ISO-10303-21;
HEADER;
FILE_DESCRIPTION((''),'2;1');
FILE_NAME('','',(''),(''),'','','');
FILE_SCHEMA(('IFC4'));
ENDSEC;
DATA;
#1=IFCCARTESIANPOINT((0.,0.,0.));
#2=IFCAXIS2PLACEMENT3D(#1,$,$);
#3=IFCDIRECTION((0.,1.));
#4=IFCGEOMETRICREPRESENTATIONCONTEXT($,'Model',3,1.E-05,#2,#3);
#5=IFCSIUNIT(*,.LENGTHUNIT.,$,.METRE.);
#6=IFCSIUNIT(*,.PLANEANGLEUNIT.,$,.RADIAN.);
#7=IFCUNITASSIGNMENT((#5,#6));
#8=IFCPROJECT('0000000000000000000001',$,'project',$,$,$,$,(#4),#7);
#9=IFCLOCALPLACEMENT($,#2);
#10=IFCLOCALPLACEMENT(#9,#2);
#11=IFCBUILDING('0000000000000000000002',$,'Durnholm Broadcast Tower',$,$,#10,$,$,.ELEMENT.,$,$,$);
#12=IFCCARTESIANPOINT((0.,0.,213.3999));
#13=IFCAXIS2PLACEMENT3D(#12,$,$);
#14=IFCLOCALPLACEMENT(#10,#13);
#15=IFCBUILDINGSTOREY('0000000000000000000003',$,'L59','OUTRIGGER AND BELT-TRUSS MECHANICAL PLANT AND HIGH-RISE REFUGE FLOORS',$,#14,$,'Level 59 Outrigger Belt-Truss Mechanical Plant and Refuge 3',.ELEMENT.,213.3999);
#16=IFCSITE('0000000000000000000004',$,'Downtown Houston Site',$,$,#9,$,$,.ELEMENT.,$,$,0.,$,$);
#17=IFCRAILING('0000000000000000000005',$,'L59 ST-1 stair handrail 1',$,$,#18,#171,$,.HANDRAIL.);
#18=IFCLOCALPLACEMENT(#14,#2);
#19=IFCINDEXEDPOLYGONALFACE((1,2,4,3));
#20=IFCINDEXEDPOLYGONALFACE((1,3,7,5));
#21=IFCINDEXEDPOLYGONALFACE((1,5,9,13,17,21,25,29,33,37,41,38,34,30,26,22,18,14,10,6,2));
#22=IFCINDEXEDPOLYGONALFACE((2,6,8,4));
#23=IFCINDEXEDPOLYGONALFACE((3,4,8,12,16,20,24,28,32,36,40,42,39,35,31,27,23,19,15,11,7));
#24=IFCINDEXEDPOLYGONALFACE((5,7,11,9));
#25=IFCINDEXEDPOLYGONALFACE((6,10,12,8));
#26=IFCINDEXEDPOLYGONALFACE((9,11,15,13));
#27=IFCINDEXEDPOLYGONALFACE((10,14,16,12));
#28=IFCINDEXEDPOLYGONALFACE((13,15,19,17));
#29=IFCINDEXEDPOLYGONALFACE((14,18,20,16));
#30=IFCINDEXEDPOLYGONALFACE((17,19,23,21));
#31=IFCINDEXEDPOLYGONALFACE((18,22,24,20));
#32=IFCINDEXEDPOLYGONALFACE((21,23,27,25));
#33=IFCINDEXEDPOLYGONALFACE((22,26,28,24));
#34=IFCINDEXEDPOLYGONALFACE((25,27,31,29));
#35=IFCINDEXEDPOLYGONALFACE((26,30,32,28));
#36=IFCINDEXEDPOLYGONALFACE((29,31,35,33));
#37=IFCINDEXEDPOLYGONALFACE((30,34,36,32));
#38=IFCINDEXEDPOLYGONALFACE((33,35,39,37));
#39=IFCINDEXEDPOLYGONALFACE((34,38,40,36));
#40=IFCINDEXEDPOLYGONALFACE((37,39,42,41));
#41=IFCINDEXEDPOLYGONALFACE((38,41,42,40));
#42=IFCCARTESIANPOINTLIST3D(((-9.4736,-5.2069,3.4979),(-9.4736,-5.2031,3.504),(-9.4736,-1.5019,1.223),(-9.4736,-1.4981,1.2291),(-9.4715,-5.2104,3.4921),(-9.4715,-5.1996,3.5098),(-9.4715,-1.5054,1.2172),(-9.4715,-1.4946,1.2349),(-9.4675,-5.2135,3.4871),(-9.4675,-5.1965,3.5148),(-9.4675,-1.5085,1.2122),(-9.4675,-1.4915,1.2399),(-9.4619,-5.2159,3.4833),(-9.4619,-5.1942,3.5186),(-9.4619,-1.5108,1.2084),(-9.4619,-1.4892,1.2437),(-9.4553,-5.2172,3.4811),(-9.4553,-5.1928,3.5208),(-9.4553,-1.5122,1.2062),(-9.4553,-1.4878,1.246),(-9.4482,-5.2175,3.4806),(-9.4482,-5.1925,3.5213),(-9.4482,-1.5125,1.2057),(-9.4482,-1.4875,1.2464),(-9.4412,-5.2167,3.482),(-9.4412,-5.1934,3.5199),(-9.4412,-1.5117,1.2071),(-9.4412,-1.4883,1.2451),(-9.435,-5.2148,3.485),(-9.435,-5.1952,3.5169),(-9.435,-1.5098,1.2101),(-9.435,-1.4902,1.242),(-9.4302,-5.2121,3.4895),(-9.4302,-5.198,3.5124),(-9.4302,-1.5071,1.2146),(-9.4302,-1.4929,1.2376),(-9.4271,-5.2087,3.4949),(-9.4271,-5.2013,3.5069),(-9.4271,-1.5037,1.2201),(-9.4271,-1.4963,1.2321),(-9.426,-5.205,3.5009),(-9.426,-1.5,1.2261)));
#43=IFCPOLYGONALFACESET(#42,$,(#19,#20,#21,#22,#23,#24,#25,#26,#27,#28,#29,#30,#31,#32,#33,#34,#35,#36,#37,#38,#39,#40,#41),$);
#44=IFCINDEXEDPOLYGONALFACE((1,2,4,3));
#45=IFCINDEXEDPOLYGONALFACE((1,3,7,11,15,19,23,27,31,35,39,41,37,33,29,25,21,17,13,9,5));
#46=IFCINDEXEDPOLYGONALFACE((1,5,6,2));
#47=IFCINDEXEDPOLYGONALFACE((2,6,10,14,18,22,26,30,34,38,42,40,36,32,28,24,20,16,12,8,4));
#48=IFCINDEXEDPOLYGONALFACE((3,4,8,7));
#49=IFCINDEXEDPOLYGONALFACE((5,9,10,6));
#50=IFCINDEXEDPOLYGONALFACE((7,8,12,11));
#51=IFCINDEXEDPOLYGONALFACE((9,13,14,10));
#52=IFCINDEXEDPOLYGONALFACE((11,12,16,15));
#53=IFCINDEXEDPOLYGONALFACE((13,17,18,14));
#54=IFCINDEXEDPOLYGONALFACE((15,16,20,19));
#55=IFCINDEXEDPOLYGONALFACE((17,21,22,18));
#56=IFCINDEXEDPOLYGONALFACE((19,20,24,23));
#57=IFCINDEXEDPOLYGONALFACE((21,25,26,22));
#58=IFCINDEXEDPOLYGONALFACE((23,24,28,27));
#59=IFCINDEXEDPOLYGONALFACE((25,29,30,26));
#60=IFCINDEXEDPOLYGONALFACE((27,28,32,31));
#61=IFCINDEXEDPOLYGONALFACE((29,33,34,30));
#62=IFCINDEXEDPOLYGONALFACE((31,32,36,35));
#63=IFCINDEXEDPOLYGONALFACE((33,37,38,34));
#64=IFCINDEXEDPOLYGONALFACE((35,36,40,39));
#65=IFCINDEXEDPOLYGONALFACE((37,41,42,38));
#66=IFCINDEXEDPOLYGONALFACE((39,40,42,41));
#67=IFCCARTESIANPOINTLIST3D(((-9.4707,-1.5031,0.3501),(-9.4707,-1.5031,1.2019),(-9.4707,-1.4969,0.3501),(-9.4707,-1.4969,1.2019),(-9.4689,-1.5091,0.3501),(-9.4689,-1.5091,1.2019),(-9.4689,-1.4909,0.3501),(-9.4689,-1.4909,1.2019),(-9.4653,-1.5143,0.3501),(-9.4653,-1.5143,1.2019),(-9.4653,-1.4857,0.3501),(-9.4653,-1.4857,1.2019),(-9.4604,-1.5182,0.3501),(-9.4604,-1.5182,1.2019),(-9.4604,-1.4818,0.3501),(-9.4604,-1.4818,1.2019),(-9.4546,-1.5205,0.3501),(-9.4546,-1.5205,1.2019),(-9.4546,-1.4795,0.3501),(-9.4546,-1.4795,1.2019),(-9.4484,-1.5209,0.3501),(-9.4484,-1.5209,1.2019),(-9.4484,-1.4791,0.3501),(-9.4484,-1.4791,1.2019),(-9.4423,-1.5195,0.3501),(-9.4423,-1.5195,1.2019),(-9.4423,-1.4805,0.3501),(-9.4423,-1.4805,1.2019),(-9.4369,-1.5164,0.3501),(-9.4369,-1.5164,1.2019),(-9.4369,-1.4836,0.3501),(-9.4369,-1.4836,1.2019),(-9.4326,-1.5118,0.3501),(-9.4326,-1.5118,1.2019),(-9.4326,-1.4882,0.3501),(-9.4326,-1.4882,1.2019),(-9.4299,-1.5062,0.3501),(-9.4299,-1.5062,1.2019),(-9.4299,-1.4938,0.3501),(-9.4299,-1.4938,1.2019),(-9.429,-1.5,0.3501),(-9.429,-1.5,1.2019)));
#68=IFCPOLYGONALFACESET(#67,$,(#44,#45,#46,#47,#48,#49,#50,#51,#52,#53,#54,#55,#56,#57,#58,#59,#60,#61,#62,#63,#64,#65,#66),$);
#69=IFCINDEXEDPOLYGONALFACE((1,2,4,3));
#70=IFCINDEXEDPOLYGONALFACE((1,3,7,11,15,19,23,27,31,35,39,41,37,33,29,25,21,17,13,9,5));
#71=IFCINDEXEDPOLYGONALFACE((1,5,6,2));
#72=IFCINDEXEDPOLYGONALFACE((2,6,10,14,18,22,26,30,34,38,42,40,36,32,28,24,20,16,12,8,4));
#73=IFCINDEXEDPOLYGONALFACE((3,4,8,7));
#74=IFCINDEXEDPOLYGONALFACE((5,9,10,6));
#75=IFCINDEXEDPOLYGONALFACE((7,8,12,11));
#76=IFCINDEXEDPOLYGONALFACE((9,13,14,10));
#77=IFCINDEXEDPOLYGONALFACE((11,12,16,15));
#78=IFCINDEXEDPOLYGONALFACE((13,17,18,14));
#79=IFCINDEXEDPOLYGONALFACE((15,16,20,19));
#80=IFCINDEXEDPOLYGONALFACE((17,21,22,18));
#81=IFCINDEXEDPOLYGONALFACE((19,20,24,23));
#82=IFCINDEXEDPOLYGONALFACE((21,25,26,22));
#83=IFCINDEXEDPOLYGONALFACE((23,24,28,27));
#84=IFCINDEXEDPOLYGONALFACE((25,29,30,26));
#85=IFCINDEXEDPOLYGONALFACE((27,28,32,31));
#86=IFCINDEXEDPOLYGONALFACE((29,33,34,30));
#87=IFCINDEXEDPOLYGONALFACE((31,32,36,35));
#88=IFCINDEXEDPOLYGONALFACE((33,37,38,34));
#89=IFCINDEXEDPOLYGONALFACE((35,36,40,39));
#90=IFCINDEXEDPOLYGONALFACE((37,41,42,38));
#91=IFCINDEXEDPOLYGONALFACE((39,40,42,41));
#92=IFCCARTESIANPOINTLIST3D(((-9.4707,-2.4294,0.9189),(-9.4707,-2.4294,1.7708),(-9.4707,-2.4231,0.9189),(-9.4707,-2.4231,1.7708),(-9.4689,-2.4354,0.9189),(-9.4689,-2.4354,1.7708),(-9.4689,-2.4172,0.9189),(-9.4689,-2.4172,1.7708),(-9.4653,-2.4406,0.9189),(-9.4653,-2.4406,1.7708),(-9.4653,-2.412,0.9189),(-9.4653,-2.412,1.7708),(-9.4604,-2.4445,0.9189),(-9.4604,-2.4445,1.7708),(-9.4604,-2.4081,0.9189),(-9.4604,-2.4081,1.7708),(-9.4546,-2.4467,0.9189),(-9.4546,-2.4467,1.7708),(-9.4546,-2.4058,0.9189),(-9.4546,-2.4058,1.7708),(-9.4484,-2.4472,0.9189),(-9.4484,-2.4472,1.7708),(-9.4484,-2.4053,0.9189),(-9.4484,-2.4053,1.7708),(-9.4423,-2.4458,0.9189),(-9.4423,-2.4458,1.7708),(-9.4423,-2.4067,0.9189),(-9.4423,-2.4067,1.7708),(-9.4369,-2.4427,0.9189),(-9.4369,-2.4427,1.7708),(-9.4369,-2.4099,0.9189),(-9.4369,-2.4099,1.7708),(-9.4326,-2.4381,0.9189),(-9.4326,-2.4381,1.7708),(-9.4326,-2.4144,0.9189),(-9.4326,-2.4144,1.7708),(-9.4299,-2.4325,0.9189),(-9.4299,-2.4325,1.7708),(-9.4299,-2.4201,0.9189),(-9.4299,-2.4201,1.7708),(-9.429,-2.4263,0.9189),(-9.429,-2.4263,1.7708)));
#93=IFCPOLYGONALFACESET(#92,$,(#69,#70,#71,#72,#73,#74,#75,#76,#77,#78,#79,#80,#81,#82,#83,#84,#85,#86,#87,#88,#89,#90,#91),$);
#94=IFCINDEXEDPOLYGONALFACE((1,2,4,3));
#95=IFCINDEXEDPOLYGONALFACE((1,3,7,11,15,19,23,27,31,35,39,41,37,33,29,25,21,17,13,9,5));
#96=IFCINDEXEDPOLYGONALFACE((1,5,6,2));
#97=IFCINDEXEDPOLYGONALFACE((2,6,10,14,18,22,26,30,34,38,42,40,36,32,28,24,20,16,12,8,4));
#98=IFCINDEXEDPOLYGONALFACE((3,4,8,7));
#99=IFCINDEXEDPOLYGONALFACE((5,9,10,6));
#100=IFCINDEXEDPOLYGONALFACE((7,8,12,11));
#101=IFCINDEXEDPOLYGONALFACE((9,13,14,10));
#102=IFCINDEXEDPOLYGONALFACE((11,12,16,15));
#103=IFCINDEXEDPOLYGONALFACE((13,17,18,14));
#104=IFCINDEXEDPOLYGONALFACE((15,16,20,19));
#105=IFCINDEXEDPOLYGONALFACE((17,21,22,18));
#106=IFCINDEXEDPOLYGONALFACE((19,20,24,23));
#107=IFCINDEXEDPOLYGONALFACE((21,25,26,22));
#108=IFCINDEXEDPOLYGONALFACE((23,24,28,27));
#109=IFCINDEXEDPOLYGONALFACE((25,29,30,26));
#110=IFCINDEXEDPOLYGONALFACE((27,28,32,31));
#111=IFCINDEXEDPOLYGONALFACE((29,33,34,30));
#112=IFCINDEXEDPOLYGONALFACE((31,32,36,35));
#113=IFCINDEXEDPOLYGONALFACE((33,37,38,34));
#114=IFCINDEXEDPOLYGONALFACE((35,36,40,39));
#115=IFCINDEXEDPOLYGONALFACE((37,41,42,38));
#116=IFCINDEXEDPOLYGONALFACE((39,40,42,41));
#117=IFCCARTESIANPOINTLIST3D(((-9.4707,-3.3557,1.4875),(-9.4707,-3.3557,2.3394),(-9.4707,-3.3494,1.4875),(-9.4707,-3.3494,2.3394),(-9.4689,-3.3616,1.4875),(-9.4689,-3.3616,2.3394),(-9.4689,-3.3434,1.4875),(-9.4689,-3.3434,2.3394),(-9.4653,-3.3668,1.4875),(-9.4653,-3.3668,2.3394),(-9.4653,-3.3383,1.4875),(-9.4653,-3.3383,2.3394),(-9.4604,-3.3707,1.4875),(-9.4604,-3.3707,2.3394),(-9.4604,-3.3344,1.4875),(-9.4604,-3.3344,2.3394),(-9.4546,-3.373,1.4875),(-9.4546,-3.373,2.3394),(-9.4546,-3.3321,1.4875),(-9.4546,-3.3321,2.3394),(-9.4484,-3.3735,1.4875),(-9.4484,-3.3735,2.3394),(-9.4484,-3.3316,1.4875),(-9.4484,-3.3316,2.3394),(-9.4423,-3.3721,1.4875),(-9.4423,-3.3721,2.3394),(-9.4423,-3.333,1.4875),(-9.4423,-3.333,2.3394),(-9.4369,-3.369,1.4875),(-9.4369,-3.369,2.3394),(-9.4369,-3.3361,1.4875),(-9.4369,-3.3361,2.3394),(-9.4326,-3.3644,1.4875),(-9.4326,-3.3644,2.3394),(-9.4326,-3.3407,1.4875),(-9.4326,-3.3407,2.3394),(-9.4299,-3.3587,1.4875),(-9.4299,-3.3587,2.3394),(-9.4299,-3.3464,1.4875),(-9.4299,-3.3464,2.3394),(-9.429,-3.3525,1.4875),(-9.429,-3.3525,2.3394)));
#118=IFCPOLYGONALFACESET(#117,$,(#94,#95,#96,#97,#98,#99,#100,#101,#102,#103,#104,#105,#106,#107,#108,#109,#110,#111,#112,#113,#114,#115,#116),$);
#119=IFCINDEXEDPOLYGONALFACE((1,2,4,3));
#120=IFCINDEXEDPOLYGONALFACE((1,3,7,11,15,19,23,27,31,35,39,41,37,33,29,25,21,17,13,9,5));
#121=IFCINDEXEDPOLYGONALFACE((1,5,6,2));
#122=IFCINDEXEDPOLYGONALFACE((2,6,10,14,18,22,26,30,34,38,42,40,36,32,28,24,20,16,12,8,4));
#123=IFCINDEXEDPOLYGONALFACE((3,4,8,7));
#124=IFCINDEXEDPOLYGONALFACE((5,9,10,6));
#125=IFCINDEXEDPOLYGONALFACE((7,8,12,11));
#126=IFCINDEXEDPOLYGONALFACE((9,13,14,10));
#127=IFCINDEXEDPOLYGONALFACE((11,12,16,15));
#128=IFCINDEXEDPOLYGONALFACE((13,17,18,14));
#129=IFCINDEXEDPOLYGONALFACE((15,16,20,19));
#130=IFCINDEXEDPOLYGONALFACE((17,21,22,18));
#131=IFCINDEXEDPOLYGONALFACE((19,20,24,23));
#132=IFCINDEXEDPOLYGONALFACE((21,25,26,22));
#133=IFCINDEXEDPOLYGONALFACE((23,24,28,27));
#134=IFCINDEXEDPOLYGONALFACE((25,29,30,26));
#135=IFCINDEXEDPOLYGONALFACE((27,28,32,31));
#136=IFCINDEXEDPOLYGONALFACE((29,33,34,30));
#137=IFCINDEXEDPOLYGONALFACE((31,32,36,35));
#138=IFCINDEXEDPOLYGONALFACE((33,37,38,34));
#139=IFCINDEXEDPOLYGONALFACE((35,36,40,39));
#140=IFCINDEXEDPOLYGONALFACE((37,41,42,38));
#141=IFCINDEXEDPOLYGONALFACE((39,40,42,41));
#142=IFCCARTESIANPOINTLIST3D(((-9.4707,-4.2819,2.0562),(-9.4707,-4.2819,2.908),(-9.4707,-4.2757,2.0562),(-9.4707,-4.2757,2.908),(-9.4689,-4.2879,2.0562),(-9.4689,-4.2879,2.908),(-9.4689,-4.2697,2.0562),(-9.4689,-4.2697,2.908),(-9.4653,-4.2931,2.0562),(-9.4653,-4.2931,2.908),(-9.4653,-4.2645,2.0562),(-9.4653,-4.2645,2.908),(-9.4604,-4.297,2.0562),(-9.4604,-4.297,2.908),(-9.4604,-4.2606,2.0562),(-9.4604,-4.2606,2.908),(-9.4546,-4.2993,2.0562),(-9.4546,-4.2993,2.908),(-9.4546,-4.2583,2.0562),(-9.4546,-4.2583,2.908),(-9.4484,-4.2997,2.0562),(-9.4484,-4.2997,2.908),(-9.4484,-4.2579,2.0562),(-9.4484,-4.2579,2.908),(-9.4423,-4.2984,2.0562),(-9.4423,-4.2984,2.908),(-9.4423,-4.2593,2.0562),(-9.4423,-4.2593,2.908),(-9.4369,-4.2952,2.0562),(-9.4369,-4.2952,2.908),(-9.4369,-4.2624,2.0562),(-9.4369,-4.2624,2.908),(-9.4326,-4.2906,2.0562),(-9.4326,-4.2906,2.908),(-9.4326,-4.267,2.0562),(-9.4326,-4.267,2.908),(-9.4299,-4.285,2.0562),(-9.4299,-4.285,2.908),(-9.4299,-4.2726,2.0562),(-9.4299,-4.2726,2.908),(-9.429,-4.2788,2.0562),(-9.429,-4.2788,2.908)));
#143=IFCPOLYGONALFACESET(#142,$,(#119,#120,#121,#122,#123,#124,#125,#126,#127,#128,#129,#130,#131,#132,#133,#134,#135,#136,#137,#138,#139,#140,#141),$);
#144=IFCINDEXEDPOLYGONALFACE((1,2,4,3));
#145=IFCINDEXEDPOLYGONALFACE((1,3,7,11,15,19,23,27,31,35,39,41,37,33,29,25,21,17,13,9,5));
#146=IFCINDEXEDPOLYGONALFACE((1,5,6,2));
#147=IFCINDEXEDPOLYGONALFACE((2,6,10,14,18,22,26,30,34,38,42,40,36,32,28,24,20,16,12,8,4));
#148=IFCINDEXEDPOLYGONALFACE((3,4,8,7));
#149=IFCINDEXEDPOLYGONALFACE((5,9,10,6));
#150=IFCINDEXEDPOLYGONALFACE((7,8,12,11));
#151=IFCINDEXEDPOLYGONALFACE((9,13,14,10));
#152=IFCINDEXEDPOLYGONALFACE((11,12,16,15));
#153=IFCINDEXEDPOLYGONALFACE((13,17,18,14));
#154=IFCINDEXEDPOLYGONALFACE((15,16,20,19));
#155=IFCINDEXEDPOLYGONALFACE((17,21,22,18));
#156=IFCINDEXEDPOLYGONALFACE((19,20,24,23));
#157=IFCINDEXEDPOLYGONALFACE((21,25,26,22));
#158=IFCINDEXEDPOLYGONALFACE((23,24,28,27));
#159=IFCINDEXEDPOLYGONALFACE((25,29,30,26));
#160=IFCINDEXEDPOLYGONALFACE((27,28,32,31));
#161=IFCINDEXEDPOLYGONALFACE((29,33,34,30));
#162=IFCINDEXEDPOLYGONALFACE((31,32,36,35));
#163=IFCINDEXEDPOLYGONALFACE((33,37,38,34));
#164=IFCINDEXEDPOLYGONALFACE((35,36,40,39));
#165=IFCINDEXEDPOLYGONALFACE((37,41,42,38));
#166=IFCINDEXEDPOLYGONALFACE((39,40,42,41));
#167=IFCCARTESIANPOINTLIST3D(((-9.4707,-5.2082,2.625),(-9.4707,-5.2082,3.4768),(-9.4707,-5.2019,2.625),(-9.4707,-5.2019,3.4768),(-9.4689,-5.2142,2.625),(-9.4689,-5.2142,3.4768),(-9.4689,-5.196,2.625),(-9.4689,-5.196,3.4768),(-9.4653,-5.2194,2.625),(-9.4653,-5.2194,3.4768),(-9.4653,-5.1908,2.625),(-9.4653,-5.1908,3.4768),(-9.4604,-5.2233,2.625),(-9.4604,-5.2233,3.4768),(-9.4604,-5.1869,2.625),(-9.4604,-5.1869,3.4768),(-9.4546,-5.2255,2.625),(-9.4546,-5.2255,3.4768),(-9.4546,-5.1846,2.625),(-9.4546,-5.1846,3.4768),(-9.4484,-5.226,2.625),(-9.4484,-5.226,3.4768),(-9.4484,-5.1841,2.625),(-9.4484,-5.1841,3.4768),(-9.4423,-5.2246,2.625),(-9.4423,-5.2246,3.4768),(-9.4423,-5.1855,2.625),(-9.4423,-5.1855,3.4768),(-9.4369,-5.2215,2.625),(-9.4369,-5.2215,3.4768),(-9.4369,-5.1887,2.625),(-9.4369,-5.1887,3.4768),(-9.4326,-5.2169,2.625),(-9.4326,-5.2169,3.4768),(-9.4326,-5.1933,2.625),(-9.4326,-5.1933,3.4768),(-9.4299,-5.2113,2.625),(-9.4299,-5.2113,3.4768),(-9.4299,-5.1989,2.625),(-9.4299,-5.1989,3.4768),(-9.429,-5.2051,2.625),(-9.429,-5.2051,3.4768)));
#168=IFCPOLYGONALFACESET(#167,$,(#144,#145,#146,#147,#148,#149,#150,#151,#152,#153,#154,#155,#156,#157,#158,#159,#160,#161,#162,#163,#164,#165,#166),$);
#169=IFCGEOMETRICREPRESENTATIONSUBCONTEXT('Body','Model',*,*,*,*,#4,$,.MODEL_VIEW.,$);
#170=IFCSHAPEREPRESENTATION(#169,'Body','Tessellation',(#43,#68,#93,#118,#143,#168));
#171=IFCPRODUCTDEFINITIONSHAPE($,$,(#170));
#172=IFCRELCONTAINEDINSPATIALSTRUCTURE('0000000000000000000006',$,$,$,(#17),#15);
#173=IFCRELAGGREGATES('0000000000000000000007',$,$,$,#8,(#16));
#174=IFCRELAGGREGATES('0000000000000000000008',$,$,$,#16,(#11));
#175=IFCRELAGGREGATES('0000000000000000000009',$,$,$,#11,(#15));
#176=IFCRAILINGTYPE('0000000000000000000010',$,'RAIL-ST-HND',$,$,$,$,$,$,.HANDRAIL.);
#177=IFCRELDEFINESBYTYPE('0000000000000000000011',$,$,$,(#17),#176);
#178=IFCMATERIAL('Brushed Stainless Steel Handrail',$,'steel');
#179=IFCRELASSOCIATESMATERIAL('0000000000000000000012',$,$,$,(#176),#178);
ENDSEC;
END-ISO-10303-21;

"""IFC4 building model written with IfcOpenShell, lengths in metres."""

from ifc_helpers import new_model, si_unit, direction, frame, origin, origin_2d, place, context, subcontext, project, spatial, circle, extrude, material, type_object, element, save


model = new_model("IFC4")

# Units and contexts
model_context = context("Model", 3, precision=1e-05, world=origin(), true_north=direction((0.0, 1.0)))
body_context = subcontext(model_context, "Body", "Model", "MODEL_VIEW")
ifc_project = project(units=[si_unit("LENGTHUNIT", "METRE"), si_unit("PLANEANGLEUNIT", "RADIAN")], contexts=[model_context])

# Site, building, storey
site_placement = place(None, origin())
site = spatial("IfcSite", under=ifc_project, at=site_placement, Name="Downtown Houston Site", CompositionType="ELEMENT", RefElevation=0.0)
building_placement = place(site_placement, origin())
building = spatial("IfcBuilding", under=site, at=building_placement, Name="Durnholm Broadcast Tower", CompositionType="ELEMENT")
storey_placement = place(building_placement, frame((0.0, 0.0, 213.3999)))
storey = spatial("IfcBuildingStorey", under=building, at=storey_placement, Name="L59", Description="OUTRIGGER AND BELT-TRUSS MECHANICAL PLANT AND HIGH-RISE REFUGE FLOORS", LongName="Level 59 Outrigger Belt-Truss Mechanical Plant and Refuge 3", CompositionType="ELEMENT", Elevation=213.3999)

# Railing
ifc_material_1 = material(Name="Brushed Stainless Steel Handrail", Category="steel")
railing_type_1 = type_object("IfcRailingType", Name="RAIL-ST-HND", PredefinedType="HANDRAIL", material=ifc_material_1)
railing_1_placement = place(storey_placement, frame((-9.45, -1.5, 0.3501)))
element("IfcRailing", 1, at=railing_1_placement, inside=storey, type_object=railing_type_1, Name="L59 ST-1 stair handrail 1", PredefinedType="HANDRAIL", context=body_context, shape_type="SweptSolid", body=[
    extrude(circle(Radius=0.0239, at=origin_2d()), frame((0.0, 0.0, 0.876), z_axis=(0.0, -0.852186, 0.523239), x_axis=(1.0, 0.0, 0.0)), (0.0, 0.0, 1.0), 4.3477),
    extrude(circle(Radius=0.021, at=origin_2d()), origin(), (0.0, 0.0, 1.0), 0.8518),
    extrude(circle(Radius=0.021, at=origin_2d()), frame((0.0, -0.9263, 0.5688)), (0.0, 0.0, 1.0), 0.8518),
    extrude(circle(Radius=0.021, at=origin_2d()), frame((0.0, -1.8525, 1.1375)), (0.0, 0.0, 1.0), 0.8518),
    extrude(circle(Radius=0.021, at=origin_2d()), frame((0.0, -2.7788, 1.7061)), (0.0, 0.0, 1.0), 0.8518),
    extrude(circle(Radius=0.021, at=origin_2d()), frame((0.0, -3.7051, 2.2749)), (0.0, 0.0, 1.0), 0.8518),
])

save(model, "model.ifc")
